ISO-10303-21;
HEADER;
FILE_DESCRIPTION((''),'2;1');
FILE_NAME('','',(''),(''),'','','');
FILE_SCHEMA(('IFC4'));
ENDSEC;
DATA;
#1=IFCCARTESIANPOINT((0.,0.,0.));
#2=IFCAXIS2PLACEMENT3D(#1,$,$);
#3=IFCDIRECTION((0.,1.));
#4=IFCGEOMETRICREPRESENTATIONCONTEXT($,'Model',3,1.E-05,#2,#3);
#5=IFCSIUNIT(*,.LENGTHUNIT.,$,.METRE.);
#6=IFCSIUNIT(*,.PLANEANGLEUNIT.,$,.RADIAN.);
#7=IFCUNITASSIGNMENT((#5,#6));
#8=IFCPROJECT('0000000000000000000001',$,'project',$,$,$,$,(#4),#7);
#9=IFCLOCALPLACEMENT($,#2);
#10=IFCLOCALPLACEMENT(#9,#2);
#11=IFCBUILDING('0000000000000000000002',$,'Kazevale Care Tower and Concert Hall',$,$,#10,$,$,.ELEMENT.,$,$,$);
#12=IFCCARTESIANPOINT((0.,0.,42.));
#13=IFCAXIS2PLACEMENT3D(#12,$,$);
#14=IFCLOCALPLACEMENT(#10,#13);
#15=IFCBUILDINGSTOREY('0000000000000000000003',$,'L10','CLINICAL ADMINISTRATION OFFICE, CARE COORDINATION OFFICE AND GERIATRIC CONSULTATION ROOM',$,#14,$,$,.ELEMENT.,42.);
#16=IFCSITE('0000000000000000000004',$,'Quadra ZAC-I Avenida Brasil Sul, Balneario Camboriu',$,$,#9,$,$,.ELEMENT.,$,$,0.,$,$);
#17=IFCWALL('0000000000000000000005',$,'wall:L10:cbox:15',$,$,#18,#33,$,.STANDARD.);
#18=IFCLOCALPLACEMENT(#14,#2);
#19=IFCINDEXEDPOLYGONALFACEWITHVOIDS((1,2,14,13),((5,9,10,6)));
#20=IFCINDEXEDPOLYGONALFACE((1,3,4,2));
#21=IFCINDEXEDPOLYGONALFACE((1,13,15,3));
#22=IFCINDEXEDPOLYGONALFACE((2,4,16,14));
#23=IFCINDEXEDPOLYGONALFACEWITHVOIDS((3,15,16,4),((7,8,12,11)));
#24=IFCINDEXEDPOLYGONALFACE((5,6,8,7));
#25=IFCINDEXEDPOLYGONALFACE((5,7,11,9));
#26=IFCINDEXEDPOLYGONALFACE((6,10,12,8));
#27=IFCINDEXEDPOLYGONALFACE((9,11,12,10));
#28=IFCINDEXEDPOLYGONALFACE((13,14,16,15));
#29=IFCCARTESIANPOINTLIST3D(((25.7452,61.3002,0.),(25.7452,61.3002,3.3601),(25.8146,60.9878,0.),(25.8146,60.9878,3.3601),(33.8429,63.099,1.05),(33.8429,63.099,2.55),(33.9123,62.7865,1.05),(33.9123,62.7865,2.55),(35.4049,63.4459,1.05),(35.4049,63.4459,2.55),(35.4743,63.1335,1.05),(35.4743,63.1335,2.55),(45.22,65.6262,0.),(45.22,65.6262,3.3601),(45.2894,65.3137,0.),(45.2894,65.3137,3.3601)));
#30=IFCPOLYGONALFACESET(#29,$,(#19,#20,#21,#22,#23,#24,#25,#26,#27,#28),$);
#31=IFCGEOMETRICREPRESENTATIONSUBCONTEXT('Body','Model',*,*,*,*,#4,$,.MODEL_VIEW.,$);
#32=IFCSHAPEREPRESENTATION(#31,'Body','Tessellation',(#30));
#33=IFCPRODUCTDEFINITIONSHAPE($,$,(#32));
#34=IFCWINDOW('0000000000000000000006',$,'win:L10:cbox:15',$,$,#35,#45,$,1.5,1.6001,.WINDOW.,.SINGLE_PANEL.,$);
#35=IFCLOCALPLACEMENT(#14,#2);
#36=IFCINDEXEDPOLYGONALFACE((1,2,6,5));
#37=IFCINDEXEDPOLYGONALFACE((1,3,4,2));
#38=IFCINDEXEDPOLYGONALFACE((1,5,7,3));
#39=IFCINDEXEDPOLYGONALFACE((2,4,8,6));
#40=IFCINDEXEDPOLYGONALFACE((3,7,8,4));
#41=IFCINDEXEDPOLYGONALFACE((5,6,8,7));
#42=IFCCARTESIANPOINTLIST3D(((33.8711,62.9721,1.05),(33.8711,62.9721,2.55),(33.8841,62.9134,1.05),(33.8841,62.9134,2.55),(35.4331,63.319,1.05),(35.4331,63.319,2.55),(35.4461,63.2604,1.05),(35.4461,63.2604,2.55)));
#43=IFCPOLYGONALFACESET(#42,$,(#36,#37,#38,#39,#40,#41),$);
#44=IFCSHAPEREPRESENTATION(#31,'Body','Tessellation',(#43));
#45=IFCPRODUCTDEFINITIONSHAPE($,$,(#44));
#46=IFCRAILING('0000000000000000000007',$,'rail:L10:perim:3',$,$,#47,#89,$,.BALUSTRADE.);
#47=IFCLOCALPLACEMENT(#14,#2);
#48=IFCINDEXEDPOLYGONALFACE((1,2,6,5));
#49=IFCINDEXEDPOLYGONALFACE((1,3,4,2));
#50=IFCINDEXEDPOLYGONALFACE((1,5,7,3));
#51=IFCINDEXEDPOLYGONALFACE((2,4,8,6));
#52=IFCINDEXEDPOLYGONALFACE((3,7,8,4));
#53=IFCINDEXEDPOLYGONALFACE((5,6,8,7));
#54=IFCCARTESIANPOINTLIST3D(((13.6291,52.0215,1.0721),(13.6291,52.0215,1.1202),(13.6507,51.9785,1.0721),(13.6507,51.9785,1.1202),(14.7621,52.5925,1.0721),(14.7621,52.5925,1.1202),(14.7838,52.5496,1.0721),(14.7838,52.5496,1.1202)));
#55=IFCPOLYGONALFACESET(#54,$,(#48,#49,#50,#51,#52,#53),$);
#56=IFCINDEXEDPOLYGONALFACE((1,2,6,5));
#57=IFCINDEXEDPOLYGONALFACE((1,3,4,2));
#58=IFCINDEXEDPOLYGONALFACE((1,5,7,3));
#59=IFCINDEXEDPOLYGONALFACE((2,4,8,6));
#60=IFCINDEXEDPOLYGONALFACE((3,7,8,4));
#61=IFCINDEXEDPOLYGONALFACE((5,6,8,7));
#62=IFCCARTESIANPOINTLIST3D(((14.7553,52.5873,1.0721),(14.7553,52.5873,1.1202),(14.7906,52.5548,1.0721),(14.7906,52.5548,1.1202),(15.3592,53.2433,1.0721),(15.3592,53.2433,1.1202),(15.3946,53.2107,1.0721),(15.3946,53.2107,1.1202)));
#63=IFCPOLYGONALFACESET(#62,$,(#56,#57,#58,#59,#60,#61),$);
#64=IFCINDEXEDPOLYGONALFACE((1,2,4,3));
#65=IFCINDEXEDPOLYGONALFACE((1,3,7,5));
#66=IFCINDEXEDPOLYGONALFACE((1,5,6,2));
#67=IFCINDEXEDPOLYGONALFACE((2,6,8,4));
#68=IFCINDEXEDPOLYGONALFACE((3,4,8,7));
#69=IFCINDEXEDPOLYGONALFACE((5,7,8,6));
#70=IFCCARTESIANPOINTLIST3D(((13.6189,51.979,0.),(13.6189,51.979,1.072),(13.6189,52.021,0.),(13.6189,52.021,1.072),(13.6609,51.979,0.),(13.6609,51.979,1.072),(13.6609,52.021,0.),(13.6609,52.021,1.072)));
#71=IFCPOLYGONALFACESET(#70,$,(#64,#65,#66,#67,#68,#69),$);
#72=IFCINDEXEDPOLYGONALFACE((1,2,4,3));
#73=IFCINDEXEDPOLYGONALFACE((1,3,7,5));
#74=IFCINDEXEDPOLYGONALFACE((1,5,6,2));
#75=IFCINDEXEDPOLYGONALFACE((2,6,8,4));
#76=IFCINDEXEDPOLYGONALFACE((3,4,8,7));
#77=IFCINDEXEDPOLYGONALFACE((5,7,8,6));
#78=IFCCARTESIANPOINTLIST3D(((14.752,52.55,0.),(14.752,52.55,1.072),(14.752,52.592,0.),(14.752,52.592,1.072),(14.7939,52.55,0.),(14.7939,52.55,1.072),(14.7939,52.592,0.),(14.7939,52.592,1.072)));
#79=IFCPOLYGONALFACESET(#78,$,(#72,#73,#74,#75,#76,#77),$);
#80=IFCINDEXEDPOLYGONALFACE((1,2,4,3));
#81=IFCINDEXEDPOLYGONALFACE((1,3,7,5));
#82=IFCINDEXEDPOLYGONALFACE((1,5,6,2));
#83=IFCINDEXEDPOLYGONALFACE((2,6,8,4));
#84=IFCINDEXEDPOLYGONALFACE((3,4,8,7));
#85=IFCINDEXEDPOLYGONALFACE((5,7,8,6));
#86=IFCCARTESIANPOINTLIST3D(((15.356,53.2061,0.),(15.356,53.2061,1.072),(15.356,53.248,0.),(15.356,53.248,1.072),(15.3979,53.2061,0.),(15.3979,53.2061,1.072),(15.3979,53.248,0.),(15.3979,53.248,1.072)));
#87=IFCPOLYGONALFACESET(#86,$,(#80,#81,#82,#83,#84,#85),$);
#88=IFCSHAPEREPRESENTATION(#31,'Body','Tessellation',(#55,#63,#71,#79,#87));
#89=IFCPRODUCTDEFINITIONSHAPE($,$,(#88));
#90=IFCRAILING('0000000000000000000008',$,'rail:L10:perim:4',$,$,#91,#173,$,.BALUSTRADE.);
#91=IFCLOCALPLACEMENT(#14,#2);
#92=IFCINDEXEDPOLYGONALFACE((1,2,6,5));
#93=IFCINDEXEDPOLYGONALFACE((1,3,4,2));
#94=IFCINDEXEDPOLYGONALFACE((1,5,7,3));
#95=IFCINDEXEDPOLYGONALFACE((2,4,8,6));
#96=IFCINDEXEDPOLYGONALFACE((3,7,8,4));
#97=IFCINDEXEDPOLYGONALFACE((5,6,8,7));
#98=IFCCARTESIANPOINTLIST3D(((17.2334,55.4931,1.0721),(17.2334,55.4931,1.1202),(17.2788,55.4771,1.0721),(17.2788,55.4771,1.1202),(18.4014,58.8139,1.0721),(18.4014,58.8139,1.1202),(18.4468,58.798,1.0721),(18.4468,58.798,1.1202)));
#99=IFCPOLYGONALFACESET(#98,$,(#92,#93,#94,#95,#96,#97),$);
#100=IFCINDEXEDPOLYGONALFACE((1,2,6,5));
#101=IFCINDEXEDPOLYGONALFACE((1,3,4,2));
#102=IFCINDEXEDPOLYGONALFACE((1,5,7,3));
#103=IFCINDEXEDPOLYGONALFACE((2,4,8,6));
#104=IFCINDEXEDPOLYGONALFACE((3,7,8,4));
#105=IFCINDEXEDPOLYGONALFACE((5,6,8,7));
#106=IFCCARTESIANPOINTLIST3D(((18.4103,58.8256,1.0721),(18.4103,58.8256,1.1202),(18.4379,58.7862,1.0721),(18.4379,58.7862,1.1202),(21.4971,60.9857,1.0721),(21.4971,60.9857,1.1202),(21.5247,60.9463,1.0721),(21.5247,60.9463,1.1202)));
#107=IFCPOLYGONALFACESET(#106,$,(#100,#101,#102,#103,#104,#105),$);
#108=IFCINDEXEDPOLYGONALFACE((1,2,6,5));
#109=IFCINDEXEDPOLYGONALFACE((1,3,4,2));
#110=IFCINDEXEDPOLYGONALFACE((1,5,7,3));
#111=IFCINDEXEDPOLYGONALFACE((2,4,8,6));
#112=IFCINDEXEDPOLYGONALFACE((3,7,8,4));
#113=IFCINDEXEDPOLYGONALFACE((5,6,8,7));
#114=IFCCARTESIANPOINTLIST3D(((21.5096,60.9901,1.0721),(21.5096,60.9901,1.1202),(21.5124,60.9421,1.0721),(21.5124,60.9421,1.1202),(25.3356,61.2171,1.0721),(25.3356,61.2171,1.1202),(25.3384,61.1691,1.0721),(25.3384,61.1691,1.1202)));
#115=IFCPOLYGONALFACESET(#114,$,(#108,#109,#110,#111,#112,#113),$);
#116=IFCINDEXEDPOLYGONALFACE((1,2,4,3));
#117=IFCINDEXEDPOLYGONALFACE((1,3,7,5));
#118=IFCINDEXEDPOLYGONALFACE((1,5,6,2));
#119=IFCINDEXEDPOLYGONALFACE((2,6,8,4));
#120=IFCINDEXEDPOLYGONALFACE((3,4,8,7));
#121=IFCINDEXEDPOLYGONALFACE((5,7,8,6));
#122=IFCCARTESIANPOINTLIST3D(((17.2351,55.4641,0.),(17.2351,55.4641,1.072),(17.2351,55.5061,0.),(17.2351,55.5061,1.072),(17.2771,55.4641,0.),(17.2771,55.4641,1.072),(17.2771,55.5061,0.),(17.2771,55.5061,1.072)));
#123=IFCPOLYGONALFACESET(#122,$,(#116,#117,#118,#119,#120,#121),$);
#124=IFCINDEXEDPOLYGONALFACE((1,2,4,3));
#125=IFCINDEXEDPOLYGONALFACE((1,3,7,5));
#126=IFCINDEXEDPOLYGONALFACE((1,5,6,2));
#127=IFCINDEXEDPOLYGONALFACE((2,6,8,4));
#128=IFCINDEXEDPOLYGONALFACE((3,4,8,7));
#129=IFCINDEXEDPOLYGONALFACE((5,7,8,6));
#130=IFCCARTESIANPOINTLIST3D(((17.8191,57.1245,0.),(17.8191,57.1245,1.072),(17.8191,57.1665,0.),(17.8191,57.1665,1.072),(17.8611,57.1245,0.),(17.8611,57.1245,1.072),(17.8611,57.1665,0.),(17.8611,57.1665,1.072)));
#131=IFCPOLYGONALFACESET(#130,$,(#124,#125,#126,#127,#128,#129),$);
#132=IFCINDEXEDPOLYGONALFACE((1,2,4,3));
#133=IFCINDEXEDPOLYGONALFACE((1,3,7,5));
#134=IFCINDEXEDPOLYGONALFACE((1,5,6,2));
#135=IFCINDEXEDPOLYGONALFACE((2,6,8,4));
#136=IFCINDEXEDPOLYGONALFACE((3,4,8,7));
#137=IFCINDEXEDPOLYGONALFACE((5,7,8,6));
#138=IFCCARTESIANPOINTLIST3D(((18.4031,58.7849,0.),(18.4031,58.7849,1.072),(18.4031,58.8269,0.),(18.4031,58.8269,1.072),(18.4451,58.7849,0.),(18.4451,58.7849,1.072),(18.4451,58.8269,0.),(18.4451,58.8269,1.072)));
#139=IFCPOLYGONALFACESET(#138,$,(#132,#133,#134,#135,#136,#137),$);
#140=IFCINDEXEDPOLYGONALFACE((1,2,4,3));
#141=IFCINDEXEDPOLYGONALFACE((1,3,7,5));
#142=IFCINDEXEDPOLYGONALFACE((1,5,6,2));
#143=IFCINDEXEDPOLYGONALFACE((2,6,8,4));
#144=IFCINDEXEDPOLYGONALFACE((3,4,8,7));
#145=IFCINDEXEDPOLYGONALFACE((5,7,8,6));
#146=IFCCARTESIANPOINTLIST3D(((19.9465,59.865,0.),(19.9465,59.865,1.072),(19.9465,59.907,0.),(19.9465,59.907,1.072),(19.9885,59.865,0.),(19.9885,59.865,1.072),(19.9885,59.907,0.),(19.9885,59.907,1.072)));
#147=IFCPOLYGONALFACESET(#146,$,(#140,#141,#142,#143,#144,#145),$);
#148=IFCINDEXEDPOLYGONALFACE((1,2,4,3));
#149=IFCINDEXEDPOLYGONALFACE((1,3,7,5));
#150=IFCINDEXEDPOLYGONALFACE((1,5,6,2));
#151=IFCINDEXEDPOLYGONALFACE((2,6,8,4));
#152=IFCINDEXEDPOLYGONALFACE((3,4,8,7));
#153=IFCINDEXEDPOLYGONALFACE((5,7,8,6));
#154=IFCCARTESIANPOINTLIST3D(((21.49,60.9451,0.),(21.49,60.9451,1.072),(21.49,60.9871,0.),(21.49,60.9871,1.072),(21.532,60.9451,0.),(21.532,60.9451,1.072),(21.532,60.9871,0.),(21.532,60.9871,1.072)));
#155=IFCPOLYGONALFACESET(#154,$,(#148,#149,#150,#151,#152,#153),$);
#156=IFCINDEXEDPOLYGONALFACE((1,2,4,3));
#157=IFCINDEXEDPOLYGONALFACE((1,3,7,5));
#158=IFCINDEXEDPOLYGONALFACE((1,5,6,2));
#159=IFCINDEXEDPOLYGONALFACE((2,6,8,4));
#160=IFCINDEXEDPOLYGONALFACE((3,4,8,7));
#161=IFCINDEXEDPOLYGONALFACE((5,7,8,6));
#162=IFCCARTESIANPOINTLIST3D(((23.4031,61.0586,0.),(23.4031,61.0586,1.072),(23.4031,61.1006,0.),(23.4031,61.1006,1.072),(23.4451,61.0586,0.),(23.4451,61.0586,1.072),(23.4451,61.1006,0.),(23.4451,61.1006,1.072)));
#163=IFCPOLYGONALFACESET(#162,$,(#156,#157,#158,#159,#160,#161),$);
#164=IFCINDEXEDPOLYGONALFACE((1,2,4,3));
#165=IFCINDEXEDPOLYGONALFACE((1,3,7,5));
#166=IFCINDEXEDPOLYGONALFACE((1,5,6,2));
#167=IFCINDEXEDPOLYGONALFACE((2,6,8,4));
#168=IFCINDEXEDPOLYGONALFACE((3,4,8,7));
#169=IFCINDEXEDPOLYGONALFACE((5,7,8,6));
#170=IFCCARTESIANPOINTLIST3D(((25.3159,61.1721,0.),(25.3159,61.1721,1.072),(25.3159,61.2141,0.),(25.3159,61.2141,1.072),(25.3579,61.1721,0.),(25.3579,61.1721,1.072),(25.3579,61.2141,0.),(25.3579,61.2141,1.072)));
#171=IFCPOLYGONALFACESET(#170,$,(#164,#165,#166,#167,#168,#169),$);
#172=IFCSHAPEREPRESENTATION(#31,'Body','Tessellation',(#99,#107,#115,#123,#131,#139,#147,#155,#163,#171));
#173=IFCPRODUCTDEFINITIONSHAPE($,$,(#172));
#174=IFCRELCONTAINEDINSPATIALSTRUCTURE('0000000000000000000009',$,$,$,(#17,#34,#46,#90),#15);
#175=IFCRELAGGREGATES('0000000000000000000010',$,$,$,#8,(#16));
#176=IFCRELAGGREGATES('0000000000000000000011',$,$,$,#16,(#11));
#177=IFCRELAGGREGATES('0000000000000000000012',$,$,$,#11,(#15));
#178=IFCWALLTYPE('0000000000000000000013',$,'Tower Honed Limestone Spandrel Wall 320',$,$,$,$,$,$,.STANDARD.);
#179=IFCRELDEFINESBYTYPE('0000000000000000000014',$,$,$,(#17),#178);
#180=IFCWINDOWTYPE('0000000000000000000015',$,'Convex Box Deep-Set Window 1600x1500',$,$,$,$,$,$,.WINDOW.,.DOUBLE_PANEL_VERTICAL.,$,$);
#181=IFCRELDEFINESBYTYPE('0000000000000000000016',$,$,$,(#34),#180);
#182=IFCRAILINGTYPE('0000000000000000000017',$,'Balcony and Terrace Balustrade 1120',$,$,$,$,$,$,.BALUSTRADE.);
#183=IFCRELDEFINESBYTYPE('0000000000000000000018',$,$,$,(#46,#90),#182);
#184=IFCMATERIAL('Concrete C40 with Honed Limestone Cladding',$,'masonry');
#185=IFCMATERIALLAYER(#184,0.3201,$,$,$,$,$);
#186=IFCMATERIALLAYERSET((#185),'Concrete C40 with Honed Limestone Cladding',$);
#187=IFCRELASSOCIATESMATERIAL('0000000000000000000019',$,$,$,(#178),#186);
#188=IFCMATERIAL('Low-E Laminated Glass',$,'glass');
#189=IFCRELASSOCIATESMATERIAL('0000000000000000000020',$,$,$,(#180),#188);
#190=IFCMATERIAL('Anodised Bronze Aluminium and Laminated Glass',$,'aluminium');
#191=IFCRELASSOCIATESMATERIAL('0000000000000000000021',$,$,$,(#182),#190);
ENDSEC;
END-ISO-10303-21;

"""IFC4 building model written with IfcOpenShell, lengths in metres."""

from ifc_helpers import new_model, si_unit, direction, frame, frame_2d, origin, origin_2d, place, context, subcontext, project, spatial, rectangle, extrude, material, layer, layer_set, type_object, element, fill, save


model = new_model("IFC4")

# Units and contexts
model_context = context("Model", 3, precision=1e-05, world=origin(), true_north=direction((0.0, 1.0)))
body_context = subcontext(model_context, "Body", "Model", "MODEL_VIEW")
ifc_project = project(units=[si_unit("LENGTHUNIT", "METRE"), si_unit("PLANEANGLEUNIT", "RADIAN")], contexts=[model_context])

# Site, building, storey
site_placement = place(None, origin())
site = spatial("IfcSite", under=ifc_project, at=site_placement, Name="Quadra ZAC-I Avenida Brasil Sul, Balneario Camboriu", CompositionType="ELEMENT", RefElevation=0.0)
building_placement = place(site_placement, origin())
building = spatial("IfcBuilding", under=site, at=building_placement, Name="Kazevale Care Tower and Concert Hall", CompositionType="ELEMENT")
storey_placement = place(building_placement, frame((0.0, 0.0, 42.0)))
storey = spatial("IfcBuildingStorey", under=building, at=storey_placement, Name="L10", Description="CLINICAL ADMINISTRATION OFFICE, CARE COORDINATION OFFICE AND GERIATRIC CONSULTATION ROOM", CompositionType="ELEMENT", Elevation=42.0)

# Shared definitions
ifc_material_1 = material(Name="Low-E Laminated Glass", Category="glass")

# Wall, opening, window
ifc_material_2 = material(Name="Concrete C40 with Honed Limestone Cladding", Category="masonry")
ifc_layer_1 = layer(ifc_material_2, 0.3201)
ifc_layer_set_1 = layer_set([ifc_layer_1], Name="Concrete C40 with Honed Limestone Cladding")
wall_type_1 = type_object("IfcWallType", Name="Tower Honed Limestone Spandrel Wall 320", PredefinedType="STANDARD", material=ifc_layer_set_1)
wall_1_placement = place(storey_placement, frame((25.78, 61.144, 0.0), z_axis=(0.0, 0.0, 1.0), x_axis=(0.976206, 0.216844, 0.0)))
wall_1 = element("IfcWall", 1, at=wall_1_placement, inside=storey, type_object=wall_type_1, Name="wall:L10:cbox:15", PredefinedType="STANDARD", context=body_context, shape_type="SweptSolid", body=[
    extrude(rectangle(XDim=19.9495, YDim=0.3201, at=frame_2d((9.9746, 0.0))), origin(), (0.0, 0.0, 1.0), 3.3601),
])
opening_placement = place(wall_1_placement, frame((8.2949, 0.0, 1.05)))
opening = element("IfcOpeningElement", 2, at=opening_placement, cuts=wall_1, PredefinedType="OPENING", context=body_context, shape_type="SweptSolid", body=[
    extrude(rectangle(XDim=1.6001, YDim=1.5, at=frame_2d((0.8, 0.75))), frame((0.0, 0.1699, 0.0), z_axis=(0.0, -1.0, 0.0), x_axis=(1.0, 0.0, 0.0)), (0.0, 0.0, 1.0), 0.3401),
])
window_type = type_object("IfcWindowType", Name="Convex Box Deep-Set Window 1600x1500", PartitioningType="DOUBLE_PANEL_VERTICAL", PredefinedType="WINDOW", material=ifc_material_1)
window_placement = place(opening_placement, origin())
window = element("IfcWindow", 3, at=window_placement, inside=storey, type_object=window_type, Name="win:L10:cbox:15", OverallHeight=1.5, OverallWidth=1.6001, PartitioningType="SINGLE_PANEL", PredefinedType="WINDOW", context=body_context, shape_type="SweptSolid", body=[
    extrude(rectangle(XDim=1.6001, YDim=1.5, at=frame_2d((0.8, 0.75))), frame((0.0, 0.03, 0.0), z_axis=(0.0, -1.0, 0.0), x_axis=(1.0, 0.0, 0.0)), (0.0, 0.0, 1.0), 0.0601),
])
fill(opening, window)

# Railings
ifc_material_3 = material(Name="Anodised Bronze Aluminium and Laminated Glass", Category="aluminium")
railing_type = type_object("IfcRailingType", Name="Balcony and Terrace Balustrade 1120", PredefinedType="BALUSTRADE", material=ifc_material_3)
railing_1_placement = place(storey_placement, frame((13.6399, 52.0, 0.0)))
element("IfcRailing", 4, at=railing_1_placement, inside=storey, type_object=railing_type, Name="rail:L10:perim:3", PredefinedType="BALUSTRADE", context=body_context, shape_type="SweptSolid", body=[
    extrude(rectangle(XDim=0.0481, YDim=0.0481, at=origin_2d()), frame((0.0, 0.0, 1.0962), z_axis=(0.892999, 0.450059, 0.0), x_axis=(-0.450059, 0.892999, 0.0)), (0.0, 0.0, 1.0), 1.2688),
    extrude(rectangle(XDim=0.0481, YDim=0.0481, at=origin_2d()), frame((1.1331, 0.571, 1.0962), z_axis=(0.677347, 0.735664, 0.0), x_axis=(-0.735664, 0.677347, 0.0)), (0.0, 0.0, 1.0), 0.8916),
    extrude(rectangle(XDim=0.042, YDim=0.042, at=origin_2d()), origin(), (0.0, 0.0, 1.0), 1.072),
    extrude(rectangle(XDim=0.042, YDim=0.042, at=origin_2d()), frame((1.1331, 0.571, 0.0)), (0.0, 0.0, 1.0), 1.072),
    extrude(rectangle(XDim=0.042, YDim=0.042, at=origin_2d()), frame((1.7371, 1.2271, 0.0)), (0.0, 0.0, 1.0), 1.072),
])
railing_2_placement = place(storey_placement, frame((17.2561, 55.4851, 0.0)))
element("IfcRailing", 5, at=railing_2_placement, inside=storey, type_object=railing_type, Name="rail:L10:perim:4", PredefinedType="BALUSTRADE", context=body_context, shape_type="SweptSolid", body=[
    extrude(rectangle(XDim=0.0481, YDim=0.0481, at=origin_2d()), frame((0.0, 0.0, 1.0962), z_axis=(0.33179, 0.943353, 0.0), x_axis=(-0.943353, 0.33179, 0.0)), (0.0, 0.0, 1.0), 3.5203),
    extrude(rectangle(XDim=0.0481, YDim=0.0481, at=origin_2d()), frame((1.168, 3.3208, 1.0962), z_axis=(0.819317, 0.573341, 0.0), x_axis=(-0.573341, 0.819317, 0.0)), (0.0, 0.0, 1.0), 3.7676),
    extrude(rectangle(XDim=0.0481, YDim=0.0481, at=origin_2d()), frame((4.2549, 5.481, 1.0962), z_axis=(0.998244, 0.059241, 0.0), x_axis=(-0.059241, 0.998244, 0.0)), (0.0, 0.0, 1.0), 3.8328),
    extrude(rectangle(XDim=0.042, YDim=0.042, at=origin_2d()), origin(), (0.0, 0.0, 1.0), 1.072),
    extrude(rectangle(XDim=0.042, YDim=0.042, at=origin_2d()), frame((0.584, 1.6604, 0.0)), (0.0, 0.0, 1.0), 1.072),
    extrude(rectangle(XDim=0.042, YDim=0.042, at=origin_2d()), frame((1.168, 3.3208, 0.0)), (0.0, 0.0, 1.0), 1.072),
    extrude(rectangle(XDim=0.042, YDim=0.042, at=origin_2d()), frame((2.7114, 4.4009, 0.0)), (0.0, 0.0, 1.0), 1.072),
    extrude(rectangle(XDim=0.042, YDim=0.042, at=origin_2d()), frame((4.2549, 5.481, 0.0)), (0.0, 0.0, 1.0), 1.072),
    extrude(rectangle(XDim=0.042, YDim=0.042, at=origin_2d()), frame((6.168, 5.5945, 0.0)), (0.0, 0.0, 1.0), 1.072),
    extrude(rectangle(XDim=0.042, YDim=0.042, at=origin_2d()), frame((8.0808, 5.708, 0.0)), (0.0, 0.0, 1.0), 1.072),
])

save(model, "model.ifc")
